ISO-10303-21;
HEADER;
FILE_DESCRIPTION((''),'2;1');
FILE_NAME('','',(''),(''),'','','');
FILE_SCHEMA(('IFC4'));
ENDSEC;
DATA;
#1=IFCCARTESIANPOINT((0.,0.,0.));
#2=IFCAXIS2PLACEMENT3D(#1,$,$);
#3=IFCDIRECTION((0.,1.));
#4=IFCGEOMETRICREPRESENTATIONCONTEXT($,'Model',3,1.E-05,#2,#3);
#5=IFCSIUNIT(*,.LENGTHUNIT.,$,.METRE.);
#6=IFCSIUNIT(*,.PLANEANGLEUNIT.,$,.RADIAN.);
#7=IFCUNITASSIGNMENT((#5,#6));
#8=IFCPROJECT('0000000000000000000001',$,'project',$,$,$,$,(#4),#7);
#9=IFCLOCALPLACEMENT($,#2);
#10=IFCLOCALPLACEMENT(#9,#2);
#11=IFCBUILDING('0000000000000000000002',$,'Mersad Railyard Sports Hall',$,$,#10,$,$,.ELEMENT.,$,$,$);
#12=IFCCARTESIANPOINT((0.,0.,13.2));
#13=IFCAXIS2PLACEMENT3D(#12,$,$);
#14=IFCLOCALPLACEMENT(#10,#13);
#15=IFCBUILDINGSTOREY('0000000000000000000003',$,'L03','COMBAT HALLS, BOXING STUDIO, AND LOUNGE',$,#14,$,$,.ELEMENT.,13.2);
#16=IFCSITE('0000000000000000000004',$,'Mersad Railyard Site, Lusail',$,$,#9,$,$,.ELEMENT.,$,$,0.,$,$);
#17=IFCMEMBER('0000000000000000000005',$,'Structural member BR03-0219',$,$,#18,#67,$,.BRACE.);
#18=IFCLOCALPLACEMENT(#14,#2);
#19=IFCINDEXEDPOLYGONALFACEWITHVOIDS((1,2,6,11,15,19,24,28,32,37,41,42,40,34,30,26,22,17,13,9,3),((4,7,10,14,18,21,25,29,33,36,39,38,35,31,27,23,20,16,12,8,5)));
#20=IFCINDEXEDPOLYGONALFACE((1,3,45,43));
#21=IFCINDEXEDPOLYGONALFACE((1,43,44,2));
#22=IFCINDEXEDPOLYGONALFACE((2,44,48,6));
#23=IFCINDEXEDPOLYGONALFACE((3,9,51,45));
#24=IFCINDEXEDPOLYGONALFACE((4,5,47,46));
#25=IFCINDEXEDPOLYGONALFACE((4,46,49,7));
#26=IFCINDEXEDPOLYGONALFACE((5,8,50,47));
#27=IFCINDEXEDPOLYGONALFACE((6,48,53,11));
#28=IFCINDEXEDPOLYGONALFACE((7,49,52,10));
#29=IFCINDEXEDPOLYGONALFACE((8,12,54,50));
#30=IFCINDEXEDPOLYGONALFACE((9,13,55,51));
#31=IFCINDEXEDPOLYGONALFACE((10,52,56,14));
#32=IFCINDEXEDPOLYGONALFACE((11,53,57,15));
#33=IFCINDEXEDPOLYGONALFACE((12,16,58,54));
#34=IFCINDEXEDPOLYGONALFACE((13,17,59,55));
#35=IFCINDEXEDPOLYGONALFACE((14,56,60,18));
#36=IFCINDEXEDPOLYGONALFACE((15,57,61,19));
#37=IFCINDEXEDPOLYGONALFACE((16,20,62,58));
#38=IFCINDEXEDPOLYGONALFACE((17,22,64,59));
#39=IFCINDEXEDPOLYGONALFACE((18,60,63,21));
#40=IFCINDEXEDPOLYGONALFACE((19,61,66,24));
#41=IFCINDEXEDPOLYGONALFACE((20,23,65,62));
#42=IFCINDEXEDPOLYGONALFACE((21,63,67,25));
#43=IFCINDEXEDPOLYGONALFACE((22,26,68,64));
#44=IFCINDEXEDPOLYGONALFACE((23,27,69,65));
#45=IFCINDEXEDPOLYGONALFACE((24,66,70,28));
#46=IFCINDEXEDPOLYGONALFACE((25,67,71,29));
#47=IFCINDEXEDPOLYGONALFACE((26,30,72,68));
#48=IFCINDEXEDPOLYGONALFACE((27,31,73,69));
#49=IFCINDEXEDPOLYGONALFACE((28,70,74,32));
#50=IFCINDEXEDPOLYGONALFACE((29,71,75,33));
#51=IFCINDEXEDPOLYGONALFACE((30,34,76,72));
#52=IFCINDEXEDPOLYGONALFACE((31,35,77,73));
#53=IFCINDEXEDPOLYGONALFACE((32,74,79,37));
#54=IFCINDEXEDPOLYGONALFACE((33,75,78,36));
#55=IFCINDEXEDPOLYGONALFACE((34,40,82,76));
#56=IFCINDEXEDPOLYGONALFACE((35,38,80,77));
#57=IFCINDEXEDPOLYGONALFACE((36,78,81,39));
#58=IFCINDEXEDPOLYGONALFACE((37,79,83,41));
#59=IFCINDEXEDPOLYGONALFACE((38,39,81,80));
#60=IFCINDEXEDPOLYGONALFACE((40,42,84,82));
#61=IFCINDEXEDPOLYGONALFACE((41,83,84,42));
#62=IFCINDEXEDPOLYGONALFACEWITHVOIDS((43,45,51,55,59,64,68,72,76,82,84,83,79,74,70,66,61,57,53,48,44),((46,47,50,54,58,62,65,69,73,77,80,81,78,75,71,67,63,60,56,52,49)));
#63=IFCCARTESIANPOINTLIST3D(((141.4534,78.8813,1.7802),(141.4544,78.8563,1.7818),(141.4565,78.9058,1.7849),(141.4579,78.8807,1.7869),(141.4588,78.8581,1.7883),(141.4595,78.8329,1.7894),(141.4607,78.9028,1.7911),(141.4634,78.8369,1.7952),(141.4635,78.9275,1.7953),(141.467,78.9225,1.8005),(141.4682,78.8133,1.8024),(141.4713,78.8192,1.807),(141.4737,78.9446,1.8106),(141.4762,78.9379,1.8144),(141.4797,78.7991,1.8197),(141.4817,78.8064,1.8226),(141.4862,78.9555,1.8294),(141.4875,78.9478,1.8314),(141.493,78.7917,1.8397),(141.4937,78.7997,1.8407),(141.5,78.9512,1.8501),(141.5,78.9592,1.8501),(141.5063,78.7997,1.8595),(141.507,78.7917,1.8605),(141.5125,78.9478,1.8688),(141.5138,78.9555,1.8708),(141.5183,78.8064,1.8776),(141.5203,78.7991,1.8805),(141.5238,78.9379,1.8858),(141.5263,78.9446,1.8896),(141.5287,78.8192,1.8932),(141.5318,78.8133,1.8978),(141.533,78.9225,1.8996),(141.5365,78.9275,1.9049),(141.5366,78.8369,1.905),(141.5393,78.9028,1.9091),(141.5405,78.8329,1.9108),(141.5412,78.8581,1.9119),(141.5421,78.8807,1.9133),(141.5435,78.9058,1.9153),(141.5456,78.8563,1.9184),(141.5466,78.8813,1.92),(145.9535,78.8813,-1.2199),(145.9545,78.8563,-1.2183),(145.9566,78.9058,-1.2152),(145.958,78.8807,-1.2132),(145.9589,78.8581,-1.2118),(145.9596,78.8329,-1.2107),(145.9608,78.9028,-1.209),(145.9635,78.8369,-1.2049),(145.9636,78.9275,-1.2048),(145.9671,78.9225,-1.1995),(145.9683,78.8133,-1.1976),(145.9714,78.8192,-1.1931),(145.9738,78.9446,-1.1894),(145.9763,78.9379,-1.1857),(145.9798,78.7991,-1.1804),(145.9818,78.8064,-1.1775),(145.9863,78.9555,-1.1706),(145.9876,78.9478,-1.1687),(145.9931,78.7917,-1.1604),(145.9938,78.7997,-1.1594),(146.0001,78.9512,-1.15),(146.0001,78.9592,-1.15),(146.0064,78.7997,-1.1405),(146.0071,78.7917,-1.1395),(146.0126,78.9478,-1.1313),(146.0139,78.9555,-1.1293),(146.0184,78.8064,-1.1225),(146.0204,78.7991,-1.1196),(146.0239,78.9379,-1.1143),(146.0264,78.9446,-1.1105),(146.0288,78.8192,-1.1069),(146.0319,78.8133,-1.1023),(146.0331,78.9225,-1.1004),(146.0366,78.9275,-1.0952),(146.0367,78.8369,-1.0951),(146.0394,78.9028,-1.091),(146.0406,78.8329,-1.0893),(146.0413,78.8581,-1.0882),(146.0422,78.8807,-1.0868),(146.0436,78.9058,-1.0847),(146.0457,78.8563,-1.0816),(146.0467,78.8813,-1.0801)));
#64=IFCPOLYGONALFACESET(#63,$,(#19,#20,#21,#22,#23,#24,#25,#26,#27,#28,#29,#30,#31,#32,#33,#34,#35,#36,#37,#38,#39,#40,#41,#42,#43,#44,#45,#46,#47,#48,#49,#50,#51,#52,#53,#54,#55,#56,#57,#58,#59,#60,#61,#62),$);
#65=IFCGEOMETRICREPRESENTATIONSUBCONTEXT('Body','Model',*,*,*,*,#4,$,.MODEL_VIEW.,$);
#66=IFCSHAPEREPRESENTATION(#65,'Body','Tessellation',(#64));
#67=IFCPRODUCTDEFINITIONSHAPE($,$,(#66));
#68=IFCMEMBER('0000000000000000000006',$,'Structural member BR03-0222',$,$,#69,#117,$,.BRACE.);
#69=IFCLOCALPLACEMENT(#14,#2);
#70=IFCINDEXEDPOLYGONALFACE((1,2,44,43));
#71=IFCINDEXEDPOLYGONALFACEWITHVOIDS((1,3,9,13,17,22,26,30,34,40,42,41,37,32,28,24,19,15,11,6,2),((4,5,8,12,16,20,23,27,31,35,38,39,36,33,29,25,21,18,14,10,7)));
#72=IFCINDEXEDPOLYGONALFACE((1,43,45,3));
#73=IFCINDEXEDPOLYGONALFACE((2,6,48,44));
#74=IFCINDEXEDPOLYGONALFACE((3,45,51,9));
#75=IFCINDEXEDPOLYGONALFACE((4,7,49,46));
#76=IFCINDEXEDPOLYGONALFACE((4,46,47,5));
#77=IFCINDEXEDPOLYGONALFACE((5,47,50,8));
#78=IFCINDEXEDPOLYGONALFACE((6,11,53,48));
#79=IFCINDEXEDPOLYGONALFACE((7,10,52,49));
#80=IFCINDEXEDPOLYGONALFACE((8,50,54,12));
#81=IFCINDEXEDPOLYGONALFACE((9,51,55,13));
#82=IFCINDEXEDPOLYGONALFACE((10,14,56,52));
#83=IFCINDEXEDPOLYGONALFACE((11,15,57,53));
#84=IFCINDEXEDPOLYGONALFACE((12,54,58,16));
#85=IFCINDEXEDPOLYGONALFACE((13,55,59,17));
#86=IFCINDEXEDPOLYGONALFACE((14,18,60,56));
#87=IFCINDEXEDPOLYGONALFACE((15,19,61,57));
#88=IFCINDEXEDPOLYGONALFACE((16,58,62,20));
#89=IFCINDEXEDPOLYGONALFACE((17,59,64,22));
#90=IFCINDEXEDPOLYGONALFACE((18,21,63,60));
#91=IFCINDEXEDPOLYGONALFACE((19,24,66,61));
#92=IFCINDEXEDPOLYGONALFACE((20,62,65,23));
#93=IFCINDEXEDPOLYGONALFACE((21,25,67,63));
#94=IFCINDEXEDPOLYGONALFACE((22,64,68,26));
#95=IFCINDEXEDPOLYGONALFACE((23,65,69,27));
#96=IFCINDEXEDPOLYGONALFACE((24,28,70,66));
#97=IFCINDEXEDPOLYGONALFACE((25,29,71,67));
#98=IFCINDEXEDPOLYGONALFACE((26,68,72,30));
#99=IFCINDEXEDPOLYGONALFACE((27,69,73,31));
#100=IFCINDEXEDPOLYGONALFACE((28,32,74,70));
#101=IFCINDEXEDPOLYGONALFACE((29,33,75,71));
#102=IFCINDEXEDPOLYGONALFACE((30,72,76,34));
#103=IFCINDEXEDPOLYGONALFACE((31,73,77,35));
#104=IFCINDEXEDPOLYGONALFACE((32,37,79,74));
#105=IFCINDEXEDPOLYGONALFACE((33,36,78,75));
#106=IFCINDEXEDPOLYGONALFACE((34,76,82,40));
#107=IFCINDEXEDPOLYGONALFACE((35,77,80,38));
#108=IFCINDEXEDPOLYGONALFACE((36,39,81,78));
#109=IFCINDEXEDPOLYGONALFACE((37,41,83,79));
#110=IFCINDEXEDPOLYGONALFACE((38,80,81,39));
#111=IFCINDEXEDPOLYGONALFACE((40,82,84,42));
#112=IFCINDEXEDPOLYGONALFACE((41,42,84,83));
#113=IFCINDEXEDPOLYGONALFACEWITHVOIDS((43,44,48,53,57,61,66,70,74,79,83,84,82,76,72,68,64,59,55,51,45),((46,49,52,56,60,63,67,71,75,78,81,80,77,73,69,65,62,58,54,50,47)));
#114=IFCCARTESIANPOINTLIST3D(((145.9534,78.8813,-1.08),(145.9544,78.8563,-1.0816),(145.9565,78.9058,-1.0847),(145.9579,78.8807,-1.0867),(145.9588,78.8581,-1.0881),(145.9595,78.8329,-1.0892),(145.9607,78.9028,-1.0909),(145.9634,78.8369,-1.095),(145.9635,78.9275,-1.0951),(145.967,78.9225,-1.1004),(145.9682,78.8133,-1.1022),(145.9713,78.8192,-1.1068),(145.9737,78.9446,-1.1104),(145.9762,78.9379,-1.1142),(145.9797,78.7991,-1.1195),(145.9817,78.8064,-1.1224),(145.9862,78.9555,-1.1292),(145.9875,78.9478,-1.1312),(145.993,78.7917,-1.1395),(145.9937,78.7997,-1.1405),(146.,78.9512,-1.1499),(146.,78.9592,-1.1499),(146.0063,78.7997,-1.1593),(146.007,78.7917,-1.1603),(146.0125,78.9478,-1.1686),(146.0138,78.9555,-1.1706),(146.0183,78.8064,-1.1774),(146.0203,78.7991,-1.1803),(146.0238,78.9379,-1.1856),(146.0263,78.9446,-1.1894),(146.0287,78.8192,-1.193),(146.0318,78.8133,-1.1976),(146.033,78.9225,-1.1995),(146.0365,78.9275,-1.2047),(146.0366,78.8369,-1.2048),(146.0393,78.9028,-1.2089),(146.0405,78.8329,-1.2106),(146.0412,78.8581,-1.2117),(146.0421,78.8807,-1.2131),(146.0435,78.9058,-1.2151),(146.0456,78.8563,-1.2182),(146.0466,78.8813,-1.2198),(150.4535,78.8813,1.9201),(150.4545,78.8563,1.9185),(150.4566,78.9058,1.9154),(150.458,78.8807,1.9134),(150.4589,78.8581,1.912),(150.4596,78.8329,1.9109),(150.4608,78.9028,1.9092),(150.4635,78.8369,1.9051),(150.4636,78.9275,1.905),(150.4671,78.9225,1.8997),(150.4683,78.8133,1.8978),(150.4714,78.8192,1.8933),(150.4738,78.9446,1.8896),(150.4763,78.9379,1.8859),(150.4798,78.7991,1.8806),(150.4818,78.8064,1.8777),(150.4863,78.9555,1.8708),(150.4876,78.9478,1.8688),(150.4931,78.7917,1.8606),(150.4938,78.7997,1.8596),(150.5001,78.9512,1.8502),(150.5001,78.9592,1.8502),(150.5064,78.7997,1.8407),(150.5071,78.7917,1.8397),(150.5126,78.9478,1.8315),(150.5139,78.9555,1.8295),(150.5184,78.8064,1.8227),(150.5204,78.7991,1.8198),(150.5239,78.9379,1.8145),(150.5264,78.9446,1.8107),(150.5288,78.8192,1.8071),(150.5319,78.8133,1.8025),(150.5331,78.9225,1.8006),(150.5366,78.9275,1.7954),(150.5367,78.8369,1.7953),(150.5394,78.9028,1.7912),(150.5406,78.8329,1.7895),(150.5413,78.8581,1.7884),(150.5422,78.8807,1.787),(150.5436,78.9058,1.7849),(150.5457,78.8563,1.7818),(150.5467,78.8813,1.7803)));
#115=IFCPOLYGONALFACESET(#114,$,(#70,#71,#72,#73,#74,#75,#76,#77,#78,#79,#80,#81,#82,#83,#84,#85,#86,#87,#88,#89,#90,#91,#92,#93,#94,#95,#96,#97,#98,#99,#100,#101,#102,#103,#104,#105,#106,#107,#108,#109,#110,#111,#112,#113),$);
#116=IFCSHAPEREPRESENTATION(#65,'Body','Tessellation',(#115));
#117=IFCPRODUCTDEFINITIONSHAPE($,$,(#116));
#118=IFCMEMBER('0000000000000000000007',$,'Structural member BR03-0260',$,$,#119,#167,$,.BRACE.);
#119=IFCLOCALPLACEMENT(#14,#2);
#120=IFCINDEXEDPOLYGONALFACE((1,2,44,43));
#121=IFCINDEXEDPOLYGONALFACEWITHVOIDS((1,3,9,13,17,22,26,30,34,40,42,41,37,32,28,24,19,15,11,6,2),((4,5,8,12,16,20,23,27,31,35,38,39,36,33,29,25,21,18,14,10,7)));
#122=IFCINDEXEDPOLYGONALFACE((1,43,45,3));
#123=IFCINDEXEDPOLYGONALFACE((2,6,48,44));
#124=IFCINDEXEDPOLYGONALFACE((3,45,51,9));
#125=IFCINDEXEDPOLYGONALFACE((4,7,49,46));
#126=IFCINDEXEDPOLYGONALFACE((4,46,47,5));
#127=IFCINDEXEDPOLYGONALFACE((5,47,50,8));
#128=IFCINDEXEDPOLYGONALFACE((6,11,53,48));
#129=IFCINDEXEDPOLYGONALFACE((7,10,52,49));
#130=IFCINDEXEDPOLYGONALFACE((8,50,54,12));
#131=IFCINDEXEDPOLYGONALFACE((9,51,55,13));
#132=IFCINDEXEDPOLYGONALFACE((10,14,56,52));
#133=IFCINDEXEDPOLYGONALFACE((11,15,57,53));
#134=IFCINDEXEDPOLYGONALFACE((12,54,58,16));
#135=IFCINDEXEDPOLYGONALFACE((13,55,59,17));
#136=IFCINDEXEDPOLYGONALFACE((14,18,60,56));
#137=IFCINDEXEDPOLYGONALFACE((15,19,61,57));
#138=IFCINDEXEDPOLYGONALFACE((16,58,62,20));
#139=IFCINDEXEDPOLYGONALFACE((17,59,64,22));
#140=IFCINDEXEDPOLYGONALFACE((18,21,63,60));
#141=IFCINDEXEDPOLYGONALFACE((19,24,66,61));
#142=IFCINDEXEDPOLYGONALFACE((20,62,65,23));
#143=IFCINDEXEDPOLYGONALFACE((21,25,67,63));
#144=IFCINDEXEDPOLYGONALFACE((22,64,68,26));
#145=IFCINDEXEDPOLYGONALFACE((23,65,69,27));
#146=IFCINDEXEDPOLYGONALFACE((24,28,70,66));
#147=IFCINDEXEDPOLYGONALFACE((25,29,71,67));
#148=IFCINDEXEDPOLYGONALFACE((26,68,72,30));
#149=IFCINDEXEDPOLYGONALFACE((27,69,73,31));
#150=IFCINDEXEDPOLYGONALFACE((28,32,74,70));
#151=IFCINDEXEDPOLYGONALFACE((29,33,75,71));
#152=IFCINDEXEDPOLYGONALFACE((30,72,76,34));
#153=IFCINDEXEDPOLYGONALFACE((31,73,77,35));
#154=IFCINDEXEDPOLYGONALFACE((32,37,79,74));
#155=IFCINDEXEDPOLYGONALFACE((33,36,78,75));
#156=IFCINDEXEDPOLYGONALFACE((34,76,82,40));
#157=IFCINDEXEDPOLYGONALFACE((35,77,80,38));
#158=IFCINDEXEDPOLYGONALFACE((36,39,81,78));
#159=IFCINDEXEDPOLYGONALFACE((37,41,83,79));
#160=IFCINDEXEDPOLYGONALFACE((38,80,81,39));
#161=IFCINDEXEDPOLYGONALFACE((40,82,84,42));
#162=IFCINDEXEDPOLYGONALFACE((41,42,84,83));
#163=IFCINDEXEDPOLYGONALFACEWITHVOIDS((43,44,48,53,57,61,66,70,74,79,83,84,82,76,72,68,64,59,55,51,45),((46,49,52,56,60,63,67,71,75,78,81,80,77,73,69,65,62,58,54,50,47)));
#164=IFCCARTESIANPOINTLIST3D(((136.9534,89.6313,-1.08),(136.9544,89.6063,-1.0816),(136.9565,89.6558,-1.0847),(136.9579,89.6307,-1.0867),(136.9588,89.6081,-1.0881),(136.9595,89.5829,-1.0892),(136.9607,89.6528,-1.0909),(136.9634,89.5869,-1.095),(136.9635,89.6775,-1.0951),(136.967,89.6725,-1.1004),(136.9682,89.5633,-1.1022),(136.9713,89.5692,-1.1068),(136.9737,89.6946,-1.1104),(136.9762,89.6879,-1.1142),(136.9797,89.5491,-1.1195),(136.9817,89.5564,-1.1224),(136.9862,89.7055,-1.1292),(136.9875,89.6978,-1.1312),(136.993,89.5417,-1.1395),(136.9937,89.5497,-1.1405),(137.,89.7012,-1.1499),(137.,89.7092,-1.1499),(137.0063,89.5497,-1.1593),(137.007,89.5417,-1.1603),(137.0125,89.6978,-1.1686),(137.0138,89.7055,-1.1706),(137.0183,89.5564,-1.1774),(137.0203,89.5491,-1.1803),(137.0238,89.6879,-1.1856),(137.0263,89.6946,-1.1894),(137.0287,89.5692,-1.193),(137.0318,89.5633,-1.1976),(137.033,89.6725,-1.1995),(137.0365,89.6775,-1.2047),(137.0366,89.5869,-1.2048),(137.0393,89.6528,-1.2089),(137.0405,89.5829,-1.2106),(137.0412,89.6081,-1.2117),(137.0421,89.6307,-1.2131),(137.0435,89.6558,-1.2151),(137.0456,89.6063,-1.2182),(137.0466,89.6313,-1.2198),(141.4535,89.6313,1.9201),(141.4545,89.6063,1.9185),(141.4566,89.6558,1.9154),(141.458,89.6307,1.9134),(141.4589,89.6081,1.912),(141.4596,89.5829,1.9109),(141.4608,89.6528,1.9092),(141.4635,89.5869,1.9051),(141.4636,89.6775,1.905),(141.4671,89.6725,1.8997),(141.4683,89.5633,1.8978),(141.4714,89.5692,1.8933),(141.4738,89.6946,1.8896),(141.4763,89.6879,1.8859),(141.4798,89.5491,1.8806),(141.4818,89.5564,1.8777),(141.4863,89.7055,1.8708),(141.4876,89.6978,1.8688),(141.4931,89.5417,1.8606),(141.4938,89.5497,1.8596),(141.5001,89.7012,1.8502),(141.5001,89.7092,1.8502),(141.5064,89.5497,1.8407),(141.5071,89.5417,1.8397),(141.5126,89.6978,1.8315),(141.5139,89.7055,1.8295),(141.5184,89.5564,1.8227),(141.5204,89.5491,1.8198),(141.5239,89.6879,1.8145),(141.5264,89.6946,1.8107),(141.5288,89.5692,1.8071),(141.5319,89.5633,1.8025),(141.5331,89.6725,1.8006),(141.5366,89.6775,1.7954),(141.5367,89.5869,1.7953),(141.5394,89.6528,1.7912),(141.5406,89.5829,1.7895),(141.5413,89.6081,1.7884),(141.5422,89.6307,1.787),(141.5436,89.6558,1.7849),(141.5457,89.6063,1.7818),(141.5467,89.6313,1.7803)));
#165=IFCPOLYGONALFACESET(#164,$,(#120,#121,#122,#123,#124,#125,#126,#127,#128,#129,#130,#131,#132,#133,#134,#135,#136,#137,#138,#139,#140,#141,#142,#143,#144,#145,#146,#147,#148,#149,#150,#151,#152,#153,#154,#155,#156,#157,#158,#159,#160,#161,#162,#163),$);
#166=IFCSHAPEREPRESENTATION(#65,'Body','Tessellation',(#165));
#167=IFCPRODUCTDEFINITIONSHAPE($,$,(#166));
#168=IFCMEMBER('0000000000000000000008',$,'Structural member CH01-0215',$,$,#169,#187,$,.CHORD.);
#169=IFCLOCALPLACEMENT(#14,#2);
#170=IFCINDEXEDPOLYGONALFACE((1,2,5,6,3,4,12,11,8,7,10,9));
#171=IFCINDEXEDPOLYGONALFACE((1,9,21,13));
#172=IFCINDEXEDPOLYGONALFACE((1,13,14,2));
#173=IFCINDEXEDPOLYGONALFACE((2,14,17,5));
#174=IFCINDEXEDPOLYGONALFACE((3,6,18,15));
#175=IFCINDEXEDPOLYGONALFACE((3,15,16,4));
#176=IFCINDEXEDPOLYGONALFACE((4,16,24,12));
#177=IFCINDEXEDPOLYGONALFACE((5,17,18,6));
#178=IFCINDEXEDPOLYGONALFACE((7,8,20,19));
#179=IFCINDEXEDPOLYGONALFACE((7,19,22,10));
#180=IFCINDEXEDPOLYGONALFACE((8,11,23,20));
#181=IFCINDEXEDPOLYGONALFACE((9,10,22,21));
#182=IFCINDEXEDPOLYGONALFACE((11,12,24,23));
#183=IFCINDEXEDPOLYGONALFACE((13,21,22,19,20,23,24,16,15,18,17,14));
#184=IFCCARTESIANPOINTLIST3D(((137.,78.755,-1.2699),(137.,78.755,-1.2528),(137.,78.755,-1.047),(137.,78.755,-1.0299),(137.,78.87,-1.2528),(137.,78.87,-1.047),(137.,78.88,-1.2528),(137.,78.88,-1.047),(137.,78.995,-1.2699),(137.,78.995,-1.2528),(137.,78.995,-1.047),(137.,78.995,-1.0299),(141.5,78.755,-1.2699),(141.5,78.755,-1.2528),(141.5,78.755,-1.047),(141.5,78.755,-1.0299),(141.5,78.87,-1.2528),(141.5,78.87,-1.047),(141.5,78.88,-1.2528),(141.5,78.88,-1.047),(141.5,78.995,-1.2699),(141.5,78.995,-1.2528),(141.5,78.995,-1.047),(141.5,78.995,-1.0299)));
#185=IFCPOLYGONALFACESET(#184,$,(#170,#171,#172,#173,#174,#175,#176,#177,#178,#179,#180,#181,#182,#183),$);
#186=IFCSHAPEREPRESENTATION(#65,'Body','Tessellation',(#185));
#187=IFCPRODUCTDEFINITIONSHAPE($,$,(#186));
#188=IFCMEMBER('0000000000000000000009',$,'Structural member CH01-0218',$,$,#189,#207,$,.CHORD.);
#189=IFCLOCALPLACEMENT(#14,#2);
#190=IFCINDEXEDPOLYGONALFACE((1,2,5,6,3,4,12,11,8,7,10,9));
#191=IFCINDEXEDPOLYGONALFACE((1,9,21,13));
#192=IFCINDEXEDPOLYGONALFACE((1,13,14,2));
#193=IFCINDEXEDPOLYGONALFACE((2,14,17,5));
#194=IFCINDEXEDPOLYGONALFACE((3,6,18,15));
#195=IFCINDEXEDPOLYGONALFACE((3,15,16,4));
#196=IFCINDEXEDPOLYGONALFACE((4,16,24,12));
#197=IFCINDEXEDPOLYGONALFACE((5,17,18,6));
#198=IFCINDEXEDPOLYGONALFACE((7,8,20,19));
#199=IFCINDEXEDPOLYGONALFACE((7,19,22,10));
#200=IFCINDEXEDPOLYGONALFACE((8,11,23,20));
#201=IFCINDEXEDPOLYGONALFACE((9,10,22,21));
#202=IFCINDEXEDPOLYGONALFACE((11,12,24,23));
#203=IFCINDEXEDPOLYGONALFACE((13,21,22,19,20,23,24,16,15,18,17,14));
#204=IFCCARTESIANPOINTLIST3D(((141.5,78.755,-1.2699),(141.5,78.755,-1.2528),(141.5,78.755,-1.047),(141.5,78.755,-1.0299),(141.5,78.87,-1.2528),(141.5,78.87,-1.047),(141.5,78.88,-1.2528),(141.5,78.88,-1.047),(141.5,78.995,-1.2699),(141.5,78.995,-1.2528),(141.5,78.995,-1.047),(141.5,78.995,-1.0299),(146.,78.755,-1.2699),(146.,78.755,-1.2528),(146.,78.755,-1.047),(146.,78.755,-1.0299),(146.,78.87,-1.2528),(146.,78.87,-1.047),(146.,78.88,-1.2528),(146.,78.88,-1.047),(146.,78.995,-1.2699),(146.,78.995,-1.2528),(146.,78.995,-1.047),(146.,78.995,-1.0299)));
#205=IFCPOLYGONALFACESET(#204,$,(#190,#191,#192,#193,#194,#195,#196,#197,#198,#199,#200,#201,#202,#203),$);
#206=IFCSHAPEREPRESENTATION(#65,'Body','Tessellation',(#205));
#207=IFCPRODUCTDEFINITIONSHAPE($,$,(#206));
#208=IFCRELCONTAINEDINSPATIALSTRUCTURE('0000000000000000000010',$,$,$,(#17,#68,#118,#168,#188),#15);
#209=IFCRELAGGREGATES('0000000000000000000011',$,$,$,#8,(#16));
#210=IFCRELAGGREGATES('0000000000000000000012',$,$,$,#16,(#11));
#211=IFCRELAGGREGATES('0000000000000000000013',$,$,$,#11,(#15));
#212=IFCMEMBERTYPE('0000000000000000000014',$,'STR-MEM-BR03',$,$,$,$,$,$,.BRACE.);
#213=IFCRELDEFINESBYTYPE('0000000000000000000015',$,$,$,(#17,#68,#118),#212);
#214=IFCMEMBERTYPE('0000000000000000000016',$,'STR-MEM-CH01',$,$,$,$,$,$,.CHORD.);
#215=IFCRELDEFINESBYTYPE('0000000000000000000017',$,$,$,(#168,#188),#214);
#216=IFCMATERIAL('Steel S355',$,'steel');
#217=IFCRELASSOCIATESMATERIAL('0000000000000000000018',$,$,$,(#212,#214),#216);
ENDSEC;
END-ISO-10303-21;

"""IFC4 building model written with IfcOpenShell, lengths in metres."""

from ifc_helpers import new_model, si_unit, direction, frame, origin, origin_2d, place, context, subcontext, project, spatial, hollow_circle, i_section, extrude, material, material_profile, profile_set, type_object, element, save


model = new_model("IFC4")

# Units and contexts
model_context = context("Model", 3, precision=1e-05, world=origin(), true_north=direction((0.0, 1.0)))
body_context = subcontext(model_context, "Body", "Model", "MODEL_VIEW")
ifc_project = project(units=[si_unit("LENGTHUNIT", "METRE"), si_unit("PLANEANGLEUNIT", "RADIAN")], contexts=[model_context])

# Site, building, storey
site_placement = place(None, origin())
site = spatial("IfcSite", under=ifc_project, at=site_placement, Name="Mersad Railyard Site, Lusail", CompositionType="ELEMENT", RefElevation=0.0)
building_placement = place(site_placement, origin())
building = spatial("IfcBuilding", under=site, at=building_placement, Name="Mersad Railyard Sports Hall", CompositionType="ELEMENT")
storey_placement = place(building_placement, frame((0.0, 0.0, 13.2)))
storey = spatial("IfcBuildingStorey", under=building, at=storey_placement, Name="L03", Description="COMBAT HALLS, BOXING STUDIO, AND LOUNGE", CompositionType="ELEMENT", Elevation=13.2)

# Members
ifc_material_1 = material(Name="Steel S355", Category="steel")
ifc_material_profile_1 = material_profile(ifc_material_1, hollow_circle(Radius=0.0842, WallThickness=0.0081, at=origin_2d()), Name="CHS 168.3x8")
ifc_profile_set_1 = profile_set([ifc_material_profile_1], Name="Steel S355")
member_type_1 = type_object("IfcMemberType", Name="STR-MEM-BR03", PredefinedType="BRACE", material=ifc_profile_set_1)
for number, where, z_axis, x_axis, name in (
    (1, (141.5, 78.875, 1.8501), (0.83205, 0.0, -0.5547), (0.0, 1.0, 0.0), "Structural member BR03-0219"),
    (2, (146.0, 78.875, -1.1499), (0.83205, 0.0, 0.5547), (0.0, 1.0, 0.0), "Structural member BR03-0222"),
    (3, (137.0, 89.625, -1.1499), (0.83205, 0.0, 0.5547), (0.0, 1.0, 0.0), "Structural member BR03-0260"),
):
    element("IfcMember", number, at=place(storey_placement, frame(where, z_axis=z_axis, x_axis=x_axis)), inside=storey, type_object=member_type_1, Name=name, PredefinedType="BRACE", context=body_context, shape_type="SweptSolid", body=[
        extrude(hollow_circle(Radius=0.0842, WallThickness=0.0081, at=origin_2d()), origin(), (0.0, 0.0, 1.0), 5.4084),
    ])
ifc_material_profile_2 = material_profile(ifc_material_1, i_section(OverallWidth=0.24, OverallDepth=0.24, WebThickness=0.01, FlangeThickness=0.0171, at=origin_2d()), Name="HEB 240")
ifc_profile_set_2 = profile_set([ifc_material_profile_2], Name="Steel S355")
member_type_2 = type_object("IfcMemberType", Name="STR-MEM-CH01", PredefinedType="CHORD", material=ifc_profile_set_2)
for number, where, z_axis, x_axis, name in (
    (4, (137.0, 78.875, -1.1499), (1.0, 0.0, 0.0), (0.0, 1.0, 0.0), "Structural member CH01-0215"),
    (5, (141.5, 78.875, -1.1499), (1.0, 0.0, 0.0), (0.0, 1.0, 0.0), "Structural member CH01-0218"),
):
    element("IfcMember", number, at=place(storey_placement, frame(where, z_axis=z_axis, x_axis=x_axis)), inside=storey, type_object=member_type_2, Name=name, PredefinedType="CHORD", context=body_context, shape_type="SweptSolid", body=[
        extrude(i_section(OverallWidth=0.24, OverallDepth=0.24, WebThickness=0.01, FlangeThickness=0.0171, at=origin_2d()), origin(), (0.0, 0.0, 1.0), 4.5),
    ])

save(model, "model.ifc")
